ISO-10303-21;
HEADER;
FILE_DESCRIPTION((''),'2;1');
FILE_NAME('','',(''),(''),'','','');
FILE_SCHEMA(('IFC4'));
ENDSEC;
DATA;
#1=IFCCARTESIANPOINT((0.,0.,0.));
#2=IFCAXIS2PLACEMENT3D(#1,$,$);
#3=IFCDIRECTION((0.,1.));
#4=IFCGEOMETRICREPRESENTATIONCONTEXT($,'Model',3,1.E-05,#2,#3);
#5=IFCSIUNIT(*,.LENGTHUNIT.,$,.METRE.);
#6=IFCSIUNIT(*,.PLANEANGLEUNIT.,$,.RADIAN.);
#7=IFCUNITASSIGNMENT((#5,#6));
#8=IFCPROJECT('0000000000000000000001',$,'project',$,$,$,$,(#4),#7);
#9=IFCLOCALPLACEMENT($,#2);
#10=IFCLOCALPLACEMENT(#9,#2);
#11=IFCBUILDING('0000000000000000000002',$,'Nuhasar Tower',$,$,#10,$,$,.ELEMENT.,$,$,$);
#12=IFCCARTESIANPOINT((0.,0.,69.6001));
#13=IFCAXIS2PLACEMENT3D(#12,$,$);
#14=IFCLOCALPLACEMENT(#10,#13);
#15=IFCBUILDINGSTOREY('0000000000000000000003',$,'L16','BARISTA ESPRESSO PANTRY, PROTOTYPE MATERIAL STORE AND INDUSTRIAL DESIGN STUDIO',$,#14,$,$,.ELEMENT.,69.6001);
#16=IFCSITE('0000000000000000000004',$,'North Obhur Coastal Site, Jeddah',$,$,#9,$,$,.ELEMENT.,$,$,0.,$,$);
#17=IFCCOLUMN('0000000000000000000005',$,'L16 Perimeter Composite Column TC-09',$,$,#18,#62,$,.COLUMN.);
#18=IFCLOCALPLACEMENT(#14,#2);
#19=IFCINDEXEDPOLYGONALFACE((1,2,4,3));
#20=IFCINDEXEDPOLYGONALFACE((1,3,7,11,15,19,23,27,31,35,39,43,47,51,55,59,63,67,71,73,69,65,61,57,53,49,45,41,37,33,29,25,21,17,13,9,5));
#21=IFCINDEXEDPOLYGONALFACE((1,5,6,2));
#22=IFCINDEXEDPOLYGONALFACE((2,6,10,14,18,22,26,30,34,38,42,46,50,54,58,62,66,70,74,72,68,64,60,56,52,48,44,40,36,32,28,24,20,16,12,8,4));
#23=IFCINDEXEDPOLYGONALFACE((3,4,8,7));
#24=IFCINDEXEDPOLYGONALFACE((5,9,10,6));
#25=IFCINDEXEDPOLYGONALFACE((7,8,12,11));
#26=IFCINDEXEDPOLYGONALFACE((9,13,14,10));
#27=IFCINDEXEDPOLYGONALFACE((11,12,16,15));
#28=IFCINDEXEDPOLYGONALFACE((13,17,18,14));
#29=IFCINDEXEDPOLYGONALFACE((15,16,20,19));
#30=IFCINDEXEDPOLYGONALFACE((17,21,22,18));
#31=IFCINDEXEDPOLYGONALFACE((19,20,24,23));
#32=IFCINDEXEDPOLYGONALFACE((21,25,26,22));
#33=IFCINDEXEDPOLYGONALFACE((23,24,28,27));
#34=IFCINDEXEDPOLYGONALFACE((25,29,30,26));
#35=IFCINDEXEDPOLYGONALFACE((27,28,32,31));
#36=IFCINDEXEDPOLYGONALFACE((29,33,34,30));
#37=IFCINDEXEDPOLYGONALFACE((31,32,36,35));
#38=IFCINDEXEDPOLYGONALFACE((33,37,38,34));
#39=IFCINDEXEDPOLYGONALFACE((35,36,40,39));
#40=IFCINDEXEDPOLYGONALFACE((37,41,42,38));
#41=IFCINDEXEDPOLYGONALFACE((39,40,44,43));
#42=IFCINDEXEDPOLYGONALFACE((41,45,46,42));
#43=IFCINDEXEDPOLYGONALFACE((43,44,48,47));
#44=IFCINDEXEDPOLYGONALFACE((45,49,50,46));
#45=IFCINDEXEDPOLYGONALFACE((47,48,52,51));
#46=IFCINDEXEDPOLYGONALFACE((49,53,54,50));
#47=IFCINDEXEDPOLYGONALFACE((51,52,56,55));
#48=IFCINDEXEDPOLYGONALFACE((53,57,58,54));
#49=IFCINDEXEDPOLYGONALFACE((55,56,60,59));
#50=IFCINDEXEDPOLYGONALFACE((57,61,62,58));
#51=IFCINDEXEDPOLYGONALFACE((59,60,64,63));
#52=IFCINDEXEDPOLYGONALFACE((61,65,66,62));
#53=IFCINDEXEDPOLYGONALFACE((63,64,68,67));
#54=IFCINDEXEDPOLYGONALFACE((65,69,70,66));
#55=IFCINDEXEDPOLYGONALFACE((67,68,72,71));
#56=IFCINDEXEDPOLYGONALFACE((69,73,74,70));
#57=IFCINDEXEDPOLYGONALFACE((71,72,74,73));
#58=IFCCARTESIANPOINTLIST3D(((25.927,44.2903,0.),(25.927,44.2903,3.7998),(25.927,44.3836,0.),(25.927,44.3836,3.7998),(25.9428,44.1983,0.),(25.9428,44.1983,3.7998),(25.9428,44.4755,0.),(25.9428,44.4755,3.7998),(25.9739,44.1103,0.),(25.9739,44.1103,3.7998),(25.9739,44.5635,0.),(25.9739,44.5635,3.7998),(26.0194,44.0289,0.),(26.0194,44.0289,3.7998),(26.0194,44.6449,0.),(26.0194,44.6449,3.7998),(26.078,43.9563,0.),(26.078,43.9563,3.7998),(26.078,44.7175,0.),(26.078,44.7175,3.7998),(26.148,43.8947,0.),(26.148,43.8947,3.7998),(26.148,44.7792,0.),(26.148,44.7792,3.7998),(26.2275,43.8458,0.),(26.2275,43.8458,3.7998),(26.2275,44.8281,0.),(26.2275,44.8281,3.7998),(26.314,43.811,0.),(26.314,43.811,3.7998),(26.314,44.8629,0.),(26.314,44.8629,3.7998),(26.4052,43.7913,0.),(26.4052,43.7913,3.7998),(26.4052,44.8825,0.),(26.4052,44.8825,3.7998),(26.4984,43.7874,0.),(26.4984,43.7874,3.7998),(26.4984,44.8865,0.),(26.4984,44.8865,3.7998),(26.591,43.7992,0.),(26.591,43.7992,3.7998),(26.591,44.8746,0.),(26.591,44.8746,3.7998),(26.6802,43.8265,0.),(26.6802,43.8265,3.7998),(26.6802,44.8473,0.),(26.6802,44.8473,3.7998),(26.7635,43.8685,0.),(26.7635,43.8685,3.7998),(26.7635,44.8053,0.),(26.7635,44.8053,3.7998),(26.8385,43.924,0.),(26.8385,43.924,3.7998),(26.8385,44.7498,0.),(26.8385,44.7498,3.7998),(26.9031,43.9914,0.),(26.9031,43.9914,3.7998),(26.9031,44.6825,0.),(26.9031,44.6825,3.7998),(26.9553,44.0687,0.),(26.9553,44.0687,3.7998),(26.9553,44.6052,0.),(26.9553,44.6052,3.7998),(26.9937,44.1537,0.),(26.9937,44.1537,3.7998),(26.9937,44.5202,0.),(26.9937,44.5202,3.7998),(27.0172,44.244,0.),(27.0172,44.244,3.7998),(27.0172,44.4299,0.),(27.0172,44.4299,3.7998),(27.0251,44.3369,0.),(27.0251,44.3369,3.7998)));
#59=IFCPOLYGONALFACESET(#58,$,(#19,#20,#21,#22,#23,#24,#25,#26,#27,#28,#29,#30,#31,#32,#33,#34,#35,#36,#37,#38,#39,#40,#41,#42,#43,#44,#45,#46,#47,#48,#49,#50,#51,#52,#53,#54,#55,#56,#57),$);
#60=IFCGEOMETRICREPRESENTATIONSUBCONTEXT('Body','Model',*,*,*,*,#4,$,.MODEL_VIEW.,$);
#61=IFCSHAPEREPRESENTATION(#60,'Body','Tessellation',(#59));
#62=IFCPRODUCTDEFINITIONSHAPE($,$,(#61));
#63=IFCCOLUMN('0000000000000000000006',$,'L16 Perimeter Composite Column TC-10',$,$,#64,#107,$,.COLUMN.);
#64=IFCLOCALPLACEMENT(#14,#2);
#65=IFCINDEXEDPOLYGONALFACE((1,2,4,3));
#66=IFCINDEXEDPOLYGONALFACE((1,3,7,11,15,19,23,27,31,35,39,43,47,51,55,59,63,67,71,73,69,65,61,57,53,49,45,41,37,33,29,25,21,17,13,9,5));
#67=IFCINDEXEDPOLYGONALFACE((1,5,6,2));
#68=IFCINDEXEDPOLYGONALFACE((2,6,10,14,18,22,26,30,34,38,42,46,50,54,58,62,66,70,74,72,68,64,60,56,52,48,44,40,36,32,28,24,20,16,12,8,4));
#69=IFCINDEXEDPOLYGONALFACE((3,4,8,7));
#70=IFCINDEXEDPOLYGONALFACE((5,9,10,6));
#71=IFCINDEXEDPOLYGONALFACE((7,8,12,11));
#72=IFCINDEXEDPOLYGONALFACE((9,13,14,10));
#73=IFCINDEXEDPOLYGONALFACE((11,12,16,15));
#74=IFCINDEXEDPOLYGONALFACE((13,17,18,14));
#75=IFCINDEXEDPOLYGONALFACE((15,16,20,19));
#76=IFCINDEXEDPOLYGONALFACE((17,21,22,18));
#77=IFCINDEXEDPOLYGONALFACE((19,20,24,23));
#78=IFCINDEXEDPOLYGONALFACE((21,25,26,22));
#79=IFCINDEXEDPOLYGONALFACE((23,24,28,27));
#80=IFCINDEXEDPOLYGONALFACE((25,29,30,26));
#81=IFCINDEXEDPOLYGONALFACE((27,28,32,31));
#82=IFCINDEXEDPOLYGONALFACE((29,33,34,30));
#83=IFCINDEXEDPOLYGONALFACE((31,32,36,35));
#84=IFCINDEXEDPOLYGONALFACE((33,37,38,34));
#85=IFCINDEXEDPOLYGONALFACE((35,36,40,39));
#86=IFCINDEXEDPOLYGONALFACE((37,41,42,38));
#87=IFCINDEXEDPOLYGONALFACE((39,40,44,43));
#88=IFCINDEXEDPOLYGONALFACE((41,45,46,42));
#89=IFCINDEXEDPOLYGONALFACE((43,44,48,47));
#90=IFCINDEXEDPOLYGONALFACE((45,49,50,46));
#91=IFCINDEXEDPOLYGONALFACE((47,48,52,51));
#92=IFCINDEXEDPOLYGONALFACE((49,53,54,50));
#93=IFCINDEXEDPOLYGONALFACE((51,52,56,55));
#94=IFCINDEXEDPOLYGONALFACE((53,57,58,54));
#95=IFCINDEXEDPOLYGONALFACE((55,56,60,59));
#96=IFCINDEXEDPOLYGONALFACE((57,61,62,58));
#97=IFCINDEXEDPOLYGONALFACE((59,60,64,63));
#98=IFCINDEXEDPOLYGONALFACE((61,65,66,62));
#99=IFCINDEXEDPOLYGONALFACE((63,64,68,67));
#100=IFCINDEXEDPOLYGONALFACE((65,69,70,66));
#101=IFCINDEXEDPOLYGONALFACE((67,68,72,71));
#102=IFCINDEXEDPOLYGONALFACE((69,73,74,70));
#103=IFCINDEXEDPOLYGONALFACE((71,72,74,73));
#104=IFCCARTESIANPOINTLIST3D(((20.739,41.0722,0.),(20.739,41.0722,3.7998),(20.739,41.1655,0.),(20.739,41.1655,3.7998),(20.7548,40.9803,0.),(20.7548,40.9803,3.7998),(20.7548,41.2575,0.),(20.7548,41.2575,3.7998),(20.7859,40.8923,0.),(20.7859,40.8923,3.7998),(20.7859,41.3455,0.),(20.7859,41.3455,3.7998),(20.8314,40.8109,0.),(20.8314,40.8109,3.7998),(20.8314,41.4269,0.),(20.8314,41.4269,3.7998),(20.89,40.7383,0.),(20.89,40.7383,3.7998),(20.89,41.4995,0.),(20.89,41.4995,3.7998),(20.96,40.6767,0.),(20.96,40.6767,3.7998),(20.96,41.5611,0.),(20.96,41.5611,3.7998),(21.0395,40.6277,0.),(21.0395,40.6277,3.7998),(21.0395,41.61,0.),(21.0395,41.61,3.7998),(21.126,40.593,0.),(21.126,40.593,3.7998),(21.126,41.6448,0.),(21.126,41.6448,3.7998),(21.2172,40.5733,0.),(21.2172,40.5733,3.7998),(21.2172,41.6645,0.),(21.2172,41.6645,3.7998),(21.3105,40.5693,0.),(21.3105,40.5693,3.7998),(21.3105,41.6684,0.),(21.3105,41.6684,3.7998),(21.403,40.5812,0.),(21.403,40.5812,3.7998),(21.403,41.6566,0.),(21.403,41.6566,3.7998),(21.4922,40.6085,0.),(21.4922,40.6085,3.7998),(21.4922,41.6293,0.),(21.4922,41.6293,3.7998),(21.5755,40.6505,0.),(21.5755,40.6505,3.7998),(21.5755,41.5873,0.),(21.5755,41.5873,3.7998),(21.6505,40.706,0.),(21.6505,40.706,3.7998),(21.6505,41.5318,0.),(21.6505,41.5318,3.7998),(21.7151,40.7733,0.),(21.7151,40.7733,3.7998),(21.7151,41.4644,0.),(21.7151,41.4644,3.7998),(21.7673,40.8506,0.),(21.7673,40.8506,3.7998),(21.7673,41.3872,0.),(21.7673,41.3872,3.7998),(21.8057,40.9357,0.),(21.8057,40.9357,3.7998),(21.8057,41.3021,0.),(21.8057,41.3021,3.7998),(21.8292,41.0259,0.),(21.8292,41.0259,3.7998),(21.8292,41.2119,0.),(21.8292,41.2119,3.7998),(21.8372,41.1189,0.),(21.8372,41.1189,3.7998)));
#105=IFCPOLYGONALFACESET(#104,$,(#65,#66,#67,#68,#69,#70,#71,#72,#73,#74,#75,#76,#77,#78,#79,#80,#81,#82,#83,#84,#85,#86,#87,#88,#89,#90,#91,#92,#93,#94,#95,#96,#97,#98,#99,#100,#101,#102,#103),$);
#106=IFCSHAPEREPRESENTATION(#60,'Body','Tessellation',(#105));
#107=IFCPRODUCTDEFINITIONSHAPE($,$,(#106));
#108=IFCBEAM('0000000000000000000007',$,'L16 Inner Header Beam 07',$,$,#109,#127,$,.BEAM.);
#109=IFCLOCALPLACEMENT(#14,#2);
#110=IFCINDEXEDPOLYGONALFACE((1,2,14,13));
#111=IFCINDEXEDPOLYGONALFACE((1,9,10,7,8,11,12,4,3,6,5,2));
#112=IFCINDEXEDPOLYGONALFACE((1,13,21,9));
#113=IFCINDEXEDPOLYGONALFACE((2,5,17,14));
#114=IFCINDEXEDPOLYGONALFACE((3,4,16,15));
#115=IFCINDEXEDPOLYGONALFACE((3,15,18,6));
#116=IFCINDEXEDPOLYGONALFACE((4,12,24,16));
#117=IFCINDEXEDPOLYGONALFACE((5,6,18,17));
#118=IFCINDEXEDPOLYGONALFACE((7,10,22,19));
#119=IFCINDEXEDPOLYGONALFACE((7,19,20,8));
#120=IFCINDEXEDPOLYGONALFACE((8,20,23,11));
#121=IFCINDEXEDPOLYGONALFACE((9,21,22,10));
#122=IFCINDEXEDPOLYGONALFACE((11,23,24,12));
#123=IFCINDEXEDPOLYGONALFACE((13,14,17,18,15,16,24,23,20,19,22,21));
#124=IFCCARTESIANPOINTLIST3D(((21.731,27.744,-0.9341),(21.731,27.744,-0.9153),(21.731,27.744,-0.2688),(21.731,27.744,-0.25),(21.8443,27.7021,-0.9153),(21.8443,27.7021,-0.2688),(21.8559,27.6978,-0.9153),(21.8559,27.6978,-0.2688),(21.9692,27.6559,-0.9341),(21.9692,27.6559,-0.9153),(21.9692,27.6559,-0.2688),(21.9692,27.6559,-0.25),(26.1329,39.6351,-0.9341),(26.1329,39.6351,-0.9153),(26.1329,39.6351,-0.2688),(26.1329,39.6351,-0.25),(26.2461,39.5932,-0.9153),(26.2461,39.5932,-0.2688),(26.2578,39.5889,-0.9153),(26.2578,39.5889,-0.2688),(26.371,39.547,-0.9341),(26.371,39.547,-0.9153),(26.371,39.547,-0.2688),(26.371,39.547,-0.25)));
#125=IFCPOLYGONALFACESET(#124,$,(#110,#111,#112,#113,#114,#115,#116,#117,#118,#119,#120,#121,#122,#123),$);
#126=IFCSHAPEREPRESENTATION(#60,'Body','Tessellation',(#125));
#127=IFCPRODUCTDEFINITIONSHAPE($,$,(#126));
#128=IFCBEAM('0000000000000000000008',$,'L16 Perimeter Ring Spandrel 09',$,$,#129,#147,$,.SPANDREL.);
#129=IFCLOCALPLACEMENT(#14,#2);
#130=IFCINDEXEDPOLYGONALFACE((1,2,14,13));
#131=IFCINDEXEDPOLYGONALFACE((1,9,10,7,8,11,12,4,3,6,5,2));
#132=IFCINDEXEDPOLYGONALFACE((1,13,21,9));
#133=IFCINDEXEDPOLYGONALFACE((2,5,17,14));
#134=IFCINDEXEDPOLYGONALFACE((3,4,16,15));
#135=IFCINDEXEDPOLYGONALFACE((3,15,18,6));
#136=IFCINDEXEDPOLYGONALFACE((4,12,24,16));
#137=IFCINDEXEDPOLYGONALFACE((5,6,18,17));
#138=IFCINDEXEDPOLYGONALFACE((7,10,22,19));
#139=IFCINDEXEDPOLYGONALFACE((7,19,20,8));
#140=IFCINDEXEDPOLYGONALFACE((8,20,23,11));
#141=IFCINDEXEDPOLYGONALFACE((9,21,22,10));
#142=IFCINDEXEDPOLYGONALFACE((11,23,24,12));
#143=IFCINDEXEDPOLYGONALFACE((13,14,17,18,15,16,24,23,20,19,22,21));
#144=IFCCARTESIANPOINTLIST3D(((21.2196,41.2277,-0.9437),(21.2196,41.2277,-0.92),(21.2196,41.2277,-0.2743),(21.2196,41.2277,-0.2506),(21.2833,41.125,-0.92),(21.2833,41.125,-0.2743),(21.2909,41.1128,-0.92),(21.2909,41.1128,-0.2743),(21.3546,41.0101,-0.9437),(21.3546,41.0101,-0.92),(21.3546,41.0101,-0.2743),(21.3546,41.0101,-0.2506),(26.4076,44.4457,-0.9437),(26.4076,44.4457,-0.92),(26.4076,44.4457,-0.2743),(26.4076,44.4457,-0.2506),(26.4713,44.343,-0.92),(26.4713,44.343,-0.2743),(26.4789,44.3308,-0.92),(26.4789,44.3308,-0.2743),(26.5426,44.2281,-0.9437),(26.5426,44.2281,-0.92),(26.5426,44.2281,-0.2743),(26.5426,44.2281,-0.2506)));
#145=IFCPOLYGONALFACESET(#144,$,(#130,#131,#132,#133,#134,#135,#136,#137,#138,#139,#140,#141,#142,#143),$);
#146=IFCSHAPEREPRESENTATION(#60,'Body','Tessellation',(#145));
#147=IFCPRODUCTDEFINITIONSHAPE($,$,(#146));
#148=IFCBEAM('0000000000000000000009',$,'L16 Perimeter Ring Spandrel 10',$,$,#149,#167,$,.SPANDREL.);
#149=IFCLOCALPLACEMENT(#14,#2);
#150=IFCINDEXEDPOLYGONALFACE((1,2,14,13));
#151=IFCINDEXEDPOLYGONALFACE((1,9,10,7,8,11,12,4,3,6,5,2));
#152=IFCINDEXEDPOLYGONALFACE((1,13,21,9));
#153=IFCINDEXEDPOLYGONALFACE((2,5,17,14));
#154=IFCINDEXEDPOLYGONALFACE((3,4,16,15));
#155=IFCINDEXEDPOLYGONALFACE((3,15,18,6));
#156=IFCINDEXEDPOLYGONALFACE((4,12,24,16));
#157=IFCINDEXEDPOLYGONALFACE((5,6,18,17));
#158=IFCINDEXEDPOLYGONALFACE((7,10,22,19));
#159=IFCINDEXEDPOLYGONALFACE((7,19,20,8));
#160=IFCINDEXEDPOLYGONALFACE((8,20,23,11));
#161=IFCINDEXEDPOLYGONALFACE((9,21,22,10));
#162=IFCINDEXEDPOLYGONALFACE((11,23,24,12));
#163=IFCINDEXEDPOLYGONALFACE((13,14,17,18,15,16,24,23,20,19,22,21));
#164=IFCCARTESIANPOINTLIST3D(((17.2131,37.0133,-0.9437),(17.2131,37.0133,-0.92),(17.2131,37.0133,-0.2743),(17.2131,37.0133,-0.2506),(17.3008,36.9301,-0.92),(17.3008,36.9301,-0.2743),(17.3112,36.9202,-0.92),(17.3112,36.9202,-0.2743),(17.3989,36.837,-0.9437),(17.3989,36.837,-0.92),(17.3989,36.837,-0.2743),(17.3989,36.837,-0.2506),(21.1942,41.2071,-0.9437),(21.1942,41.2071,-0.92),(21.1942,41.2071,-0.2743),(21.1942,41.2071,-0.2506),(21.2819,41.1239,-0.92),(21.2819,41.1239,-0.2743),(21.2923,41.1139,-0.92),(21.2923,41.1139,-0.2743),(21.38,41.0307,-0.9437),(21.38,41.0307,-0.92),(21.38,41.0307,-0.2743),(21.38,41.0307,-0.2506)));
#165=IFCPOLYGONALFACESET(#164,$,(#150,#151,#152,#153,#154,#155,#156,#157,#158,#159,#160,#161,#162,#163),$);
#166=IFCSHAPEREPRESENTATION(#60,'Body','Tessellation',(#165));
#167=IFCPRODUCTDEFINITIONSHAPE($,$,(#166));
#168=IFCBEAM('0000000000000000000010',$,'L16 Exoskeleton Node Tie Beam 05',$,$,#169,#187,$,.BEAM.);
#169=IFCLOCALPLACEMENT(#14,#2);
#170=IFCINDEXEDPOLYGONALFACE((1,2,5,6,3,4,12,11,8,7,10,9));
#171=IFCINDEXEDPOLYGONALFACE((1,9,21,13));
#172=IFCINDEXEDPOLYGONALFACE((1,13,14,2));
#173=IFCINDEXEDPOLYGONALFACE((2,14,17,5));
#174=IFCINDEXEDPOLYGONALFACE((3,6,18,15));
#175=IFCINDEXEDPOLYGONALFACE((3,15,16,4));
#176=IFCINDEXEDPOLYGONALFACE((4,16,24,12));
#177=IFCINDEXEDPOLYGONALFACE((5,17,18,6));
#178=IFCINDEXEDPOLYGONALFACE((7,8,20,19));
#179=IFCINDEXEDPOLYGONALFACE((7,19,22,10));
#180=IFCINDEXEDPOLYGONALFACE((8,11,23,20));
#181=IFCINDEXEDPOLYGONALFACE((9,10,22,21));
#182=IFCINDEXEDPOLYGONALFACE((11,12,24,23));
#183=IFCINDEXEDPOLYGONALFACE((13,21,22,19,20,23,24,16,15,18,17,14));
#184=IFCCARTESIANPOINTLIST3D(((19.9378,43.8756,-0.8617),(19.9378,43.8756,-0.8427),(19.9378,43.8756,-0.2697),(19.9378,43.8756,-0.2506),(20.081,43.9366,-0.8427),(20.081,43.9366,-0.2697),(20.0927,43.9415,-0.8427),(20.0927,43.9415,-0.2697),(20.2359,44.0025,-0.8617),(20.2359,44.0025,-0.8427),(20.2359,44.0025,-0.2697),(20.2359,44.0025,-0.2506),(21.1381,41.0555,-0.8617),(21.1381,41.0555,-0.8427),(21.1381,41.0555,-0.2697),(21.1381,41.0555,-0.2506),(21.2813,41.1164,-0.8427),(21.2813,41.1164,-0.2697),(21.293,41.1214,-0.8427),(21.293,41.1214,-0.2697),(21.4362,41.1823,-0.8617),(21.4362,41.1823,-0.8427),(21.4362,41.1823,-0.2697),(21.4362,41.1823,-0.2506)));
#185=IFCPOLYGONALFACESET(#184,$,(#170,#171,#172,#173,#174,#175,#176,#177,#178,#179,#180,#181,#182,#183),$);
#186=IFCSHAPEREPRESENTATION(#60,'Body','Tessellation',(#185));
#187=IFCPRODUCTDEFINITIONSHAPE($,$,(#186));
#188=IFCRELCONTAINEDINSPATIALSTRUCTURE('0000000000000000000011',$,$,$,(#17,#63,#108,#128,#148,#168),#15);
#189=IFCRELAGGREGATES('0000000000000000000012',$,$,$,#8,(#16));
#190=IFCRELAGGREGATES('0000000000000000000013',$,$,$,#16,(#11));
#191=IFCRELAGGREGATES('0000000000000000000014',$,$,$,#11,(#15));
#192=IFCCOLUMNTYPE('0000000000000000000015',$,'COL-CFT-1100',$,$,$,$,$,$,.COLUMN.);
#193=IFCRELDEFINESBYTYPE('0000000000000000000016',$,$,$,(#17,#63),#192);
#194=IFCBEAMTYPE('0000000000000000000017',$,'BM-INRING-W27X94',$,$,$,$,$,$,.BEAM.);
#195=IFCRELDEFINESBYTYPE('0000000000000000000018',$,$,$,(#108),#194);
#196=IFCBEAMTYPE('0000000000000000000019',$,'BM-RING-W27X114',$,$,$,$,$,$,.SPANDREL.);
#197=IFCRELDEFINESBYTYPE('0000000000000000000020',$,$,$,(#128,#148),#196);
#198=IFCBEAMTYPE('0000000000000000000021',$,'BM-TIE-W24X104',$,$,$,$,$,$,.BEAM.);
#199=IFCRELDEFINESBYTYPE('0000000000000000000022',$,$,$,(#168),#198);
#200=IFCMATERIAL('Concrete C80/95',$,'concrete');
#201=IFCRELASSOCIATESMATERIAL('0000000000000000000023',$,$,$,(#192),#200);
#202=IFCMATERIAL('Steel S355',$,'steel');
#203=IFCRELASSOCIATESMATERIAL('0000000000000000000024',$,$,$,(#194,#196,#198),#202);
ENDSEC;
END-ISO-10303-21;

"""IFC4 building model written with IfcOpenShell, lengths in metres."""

from ifc_helpers import new_model, si_unit, direction, frame, origin, origin_2d, place, context, subcontext, project, spatial, circle, i_section, extrude, material, material_profile, profile_set, type_object, element, save


model = new_model("IFC4")

# Units and contexts
model_context = context("Model", 3, precision=1e-05, world=origin(), true_north=direction((0.0, 1.0)))
body_context = subcontext(model_context, "Body", "Model", "MODEL_VIEW")
ifc_project = project(units=[si_unit("LENGTHUNIT", "METRE"), si_unit("PLANEANGLEUNIT", "RADIAN")], contexts=[model_context])

# Site, building, storey
site_placement = place(None, origin())
site = spatial("IfcSite", under=ifc_project, at=site_placement, Name="North Obhur Coastal Site, Jeddah", CompositionType="ELEMENT", RefElevation=0.0)
building_placement = place(site_placement, origin())
building = spatial("IfcBuilding", under=site, at=building_placement, Name="Nuhasar Tower", CompositionType="ELEMENT")
storey_placement = place(building_placement, frame((0.0, 0.0, 69.6001)))
storey = spatial("IfcBuildingStorey", under=building, at=storey_placement, Name="L16", Description="BARISTA ESPRESSO PANTRY, PROTOTYPE MATERIAL STORE AND INDUSTRIAL DESIGN STUDIO", CompositionType="ELEMENT", Elevation=69.6001)

# Columns
ifc_material_1 = material(Name="Concrete C80/95", Category="concrete")
ifc_material_profile_1 = material_profile(ifc_material_1, circle(Radius=0.55, at=origin_2d()), Name="CFT1100")
ifc_profile_set_1 = profile_set([ifc_material_profile_1], Name="Concrete C80/95")
column_type = type_object("IfcColumnType", Name="COL-CFT-1100", PredefinedType="COLUMN", material=ifc_profile_set_1)
for number, where, z_axis, x_axis, name in (
    (1, (26.4751, 44.3369, 0.0), (0.0, 0.0, 1.0), (1.0, 0.0, 0.0), "L16 Perimeter Composite Column TC-09"),
    (2, (21.2871, 41.1189, 0.0), (0.0, 0.0, 1.0), (1.0, 0.0, 0.0), "L16 Perimeter Composite Column TC-10"),
):
    element("IfcColumn", number, at=place(storey_placement, frame(where, z_axis=z_axis, x_axis=x_axis)), inside=storey, type_object=column_type, Name=name, PredefinedType="COLUMN", context=body_context, shape_type="SweptSolid", body=[
        extrude(circle(Radius=0.55, at=origin_2d()), origin(), (0.0, 0.0, 1.0), 3.7998),
    ])

# Beams
ifc_material_2 = material(Name="Steel S355", Category="steel")
ifc_material_profile_2 = material_profile(ifc_material_2, i_section(OverallWidth=0.2539, OverallDepth=0.6841, WebThickness=0.0125, FlangeThickness=0.0188, at=origin_2d()), Name="W27X94")
ifc_profile_set_2 = profile_set([ifc_material_profile_2], Name="Steel S355")
beam_type_1 = type_object("IfcBeamType", Name="BM-INRING-W27X94", PredefinedType="BEAM", material=ifc_profile_set_2)
beam_1_placement = place(storey_placement, frame((26.252, 39.5911, -0.592), z_axis=(-0.347158, -0.937807, 0.0), x_axis=(0.937807, -0.347158, 0.0)))
element("IfcBeam", 3, at=beam_1_placement, inside=storey, type_object=beam_type_1, Name="L16 Inner Header Beam 07", PredefinedType="BEAM", context=body_context, shape_type="SweptSolid", body=[
    extrude(i_section(OverallWidth=0.2539, OverallDepth=0.6841, WebThickness=0.0125, FlangeThickness=0.0188, at=origin_2d()), origin(), (0.0, 0.0, 1.0), 12.6797),
])
ifc_material_profile_3 = material_profile(ifc_material_2, i_section(OverallWidth=0.2561, OverallDepth=0.6931, WebThickness=0.0144, FlangeThickness=0.0237, at=origin_2d()), Name="W27X114")
ifc_profile_set_3 = profile_set([ifc_material_profile_3], Name="Steel S355")
beam_type_2 = type_object("IfcBeamType", Name="BM-RING-W27X114", PredefinedType="SPANDREL", material=ifc_profile_set_3)
beam_2_placement = place(storey_placement, frame((26.4751, 44.3369, -0.5972), z_axis=(-0.849795, -0.527113, 0.0), x_axis=(0.527113, -0.849795, 0.0)))
element("IfcBeam", 4, at=beam_2_placement, inside=storey, type_object=beam_type_2, Name="L16 Perimeter Ring Spandrel 09", PredefinedType="SPANDREL", context=body_context, shape_type="SweptSolid", body=[
    extrude(i_section(OverallWidth=0.2561, OverallDepth=0.6931, WebThickness=0.0144, FlangeThickness=0.0237, at=origin_2d()), origin(), (0.0, 0.0, 1.0), 6.105),
])
beam_3_placement = place(storey_placement, frame((21.2871, 41.1189, -0.5972), z_axis=(-0.688481, -0.725254, 0.0), x_axis=(0.725254, -0.688481, 0.0)))
element("IfcBeam", 5, at=beam_3_placement, inside=storey, type_object=beam_type_2, Name="L16 Perimeter Ring Spandrel 10", PredefinedType="SPANDREL", context=body_context, shape_type="SweptSolid", body=[
    extrude(i_section(OverallWidth=0.2561, OverallDepth=0.6931, WebThickness=0.0144, FlangeThickness=0.0237, at=origin_2d()), origin(), (0.0, 0.0, 1.0), 5.7825),
])
ifc_material_profile_4 = material_profile(ifc_material_2, i_section(OverallWidth=0.324, OverallDepth=0.6111, WebThickness=0.0127, FlangeThickness=0.019, at=origin_2d()), Name="W24X104")
ifc_profile_set_4 = profile_set([ifc_material_profile_4], Name="Steel S355")
beam_type_3 = type_object("IfcBeamType", Name="BM-TIE-W24X104", PredefinedType="BEAM", material=ifc_profile_set_4)
beam_4_placement = place(storey_placement, frame((21.2871, 41.1189, -0.5562), z_axis=(-0.391601, 0.920135, 0.0), x_axis=(-0.920135, -0.391601, 0.0)))
element("IfcBeam", 6, at=beam_4_placement, inside=storey, type_object=beam_type_3, Name="L16 Exoskeleton Node Tie Beam 05", PredefinedType="BEAM", context=body_context, shape_type="SweptSolid", body=[
    extrude(i_section(OverallWidth=0.324, OverallDepth=0.6111, WebThickness=0.0127, FlangeThickness=0.019, at=origin_2d()), origin(), (0.0, 0.0, 1.0), 3.0649),
])

save(model, "model.ifc")
